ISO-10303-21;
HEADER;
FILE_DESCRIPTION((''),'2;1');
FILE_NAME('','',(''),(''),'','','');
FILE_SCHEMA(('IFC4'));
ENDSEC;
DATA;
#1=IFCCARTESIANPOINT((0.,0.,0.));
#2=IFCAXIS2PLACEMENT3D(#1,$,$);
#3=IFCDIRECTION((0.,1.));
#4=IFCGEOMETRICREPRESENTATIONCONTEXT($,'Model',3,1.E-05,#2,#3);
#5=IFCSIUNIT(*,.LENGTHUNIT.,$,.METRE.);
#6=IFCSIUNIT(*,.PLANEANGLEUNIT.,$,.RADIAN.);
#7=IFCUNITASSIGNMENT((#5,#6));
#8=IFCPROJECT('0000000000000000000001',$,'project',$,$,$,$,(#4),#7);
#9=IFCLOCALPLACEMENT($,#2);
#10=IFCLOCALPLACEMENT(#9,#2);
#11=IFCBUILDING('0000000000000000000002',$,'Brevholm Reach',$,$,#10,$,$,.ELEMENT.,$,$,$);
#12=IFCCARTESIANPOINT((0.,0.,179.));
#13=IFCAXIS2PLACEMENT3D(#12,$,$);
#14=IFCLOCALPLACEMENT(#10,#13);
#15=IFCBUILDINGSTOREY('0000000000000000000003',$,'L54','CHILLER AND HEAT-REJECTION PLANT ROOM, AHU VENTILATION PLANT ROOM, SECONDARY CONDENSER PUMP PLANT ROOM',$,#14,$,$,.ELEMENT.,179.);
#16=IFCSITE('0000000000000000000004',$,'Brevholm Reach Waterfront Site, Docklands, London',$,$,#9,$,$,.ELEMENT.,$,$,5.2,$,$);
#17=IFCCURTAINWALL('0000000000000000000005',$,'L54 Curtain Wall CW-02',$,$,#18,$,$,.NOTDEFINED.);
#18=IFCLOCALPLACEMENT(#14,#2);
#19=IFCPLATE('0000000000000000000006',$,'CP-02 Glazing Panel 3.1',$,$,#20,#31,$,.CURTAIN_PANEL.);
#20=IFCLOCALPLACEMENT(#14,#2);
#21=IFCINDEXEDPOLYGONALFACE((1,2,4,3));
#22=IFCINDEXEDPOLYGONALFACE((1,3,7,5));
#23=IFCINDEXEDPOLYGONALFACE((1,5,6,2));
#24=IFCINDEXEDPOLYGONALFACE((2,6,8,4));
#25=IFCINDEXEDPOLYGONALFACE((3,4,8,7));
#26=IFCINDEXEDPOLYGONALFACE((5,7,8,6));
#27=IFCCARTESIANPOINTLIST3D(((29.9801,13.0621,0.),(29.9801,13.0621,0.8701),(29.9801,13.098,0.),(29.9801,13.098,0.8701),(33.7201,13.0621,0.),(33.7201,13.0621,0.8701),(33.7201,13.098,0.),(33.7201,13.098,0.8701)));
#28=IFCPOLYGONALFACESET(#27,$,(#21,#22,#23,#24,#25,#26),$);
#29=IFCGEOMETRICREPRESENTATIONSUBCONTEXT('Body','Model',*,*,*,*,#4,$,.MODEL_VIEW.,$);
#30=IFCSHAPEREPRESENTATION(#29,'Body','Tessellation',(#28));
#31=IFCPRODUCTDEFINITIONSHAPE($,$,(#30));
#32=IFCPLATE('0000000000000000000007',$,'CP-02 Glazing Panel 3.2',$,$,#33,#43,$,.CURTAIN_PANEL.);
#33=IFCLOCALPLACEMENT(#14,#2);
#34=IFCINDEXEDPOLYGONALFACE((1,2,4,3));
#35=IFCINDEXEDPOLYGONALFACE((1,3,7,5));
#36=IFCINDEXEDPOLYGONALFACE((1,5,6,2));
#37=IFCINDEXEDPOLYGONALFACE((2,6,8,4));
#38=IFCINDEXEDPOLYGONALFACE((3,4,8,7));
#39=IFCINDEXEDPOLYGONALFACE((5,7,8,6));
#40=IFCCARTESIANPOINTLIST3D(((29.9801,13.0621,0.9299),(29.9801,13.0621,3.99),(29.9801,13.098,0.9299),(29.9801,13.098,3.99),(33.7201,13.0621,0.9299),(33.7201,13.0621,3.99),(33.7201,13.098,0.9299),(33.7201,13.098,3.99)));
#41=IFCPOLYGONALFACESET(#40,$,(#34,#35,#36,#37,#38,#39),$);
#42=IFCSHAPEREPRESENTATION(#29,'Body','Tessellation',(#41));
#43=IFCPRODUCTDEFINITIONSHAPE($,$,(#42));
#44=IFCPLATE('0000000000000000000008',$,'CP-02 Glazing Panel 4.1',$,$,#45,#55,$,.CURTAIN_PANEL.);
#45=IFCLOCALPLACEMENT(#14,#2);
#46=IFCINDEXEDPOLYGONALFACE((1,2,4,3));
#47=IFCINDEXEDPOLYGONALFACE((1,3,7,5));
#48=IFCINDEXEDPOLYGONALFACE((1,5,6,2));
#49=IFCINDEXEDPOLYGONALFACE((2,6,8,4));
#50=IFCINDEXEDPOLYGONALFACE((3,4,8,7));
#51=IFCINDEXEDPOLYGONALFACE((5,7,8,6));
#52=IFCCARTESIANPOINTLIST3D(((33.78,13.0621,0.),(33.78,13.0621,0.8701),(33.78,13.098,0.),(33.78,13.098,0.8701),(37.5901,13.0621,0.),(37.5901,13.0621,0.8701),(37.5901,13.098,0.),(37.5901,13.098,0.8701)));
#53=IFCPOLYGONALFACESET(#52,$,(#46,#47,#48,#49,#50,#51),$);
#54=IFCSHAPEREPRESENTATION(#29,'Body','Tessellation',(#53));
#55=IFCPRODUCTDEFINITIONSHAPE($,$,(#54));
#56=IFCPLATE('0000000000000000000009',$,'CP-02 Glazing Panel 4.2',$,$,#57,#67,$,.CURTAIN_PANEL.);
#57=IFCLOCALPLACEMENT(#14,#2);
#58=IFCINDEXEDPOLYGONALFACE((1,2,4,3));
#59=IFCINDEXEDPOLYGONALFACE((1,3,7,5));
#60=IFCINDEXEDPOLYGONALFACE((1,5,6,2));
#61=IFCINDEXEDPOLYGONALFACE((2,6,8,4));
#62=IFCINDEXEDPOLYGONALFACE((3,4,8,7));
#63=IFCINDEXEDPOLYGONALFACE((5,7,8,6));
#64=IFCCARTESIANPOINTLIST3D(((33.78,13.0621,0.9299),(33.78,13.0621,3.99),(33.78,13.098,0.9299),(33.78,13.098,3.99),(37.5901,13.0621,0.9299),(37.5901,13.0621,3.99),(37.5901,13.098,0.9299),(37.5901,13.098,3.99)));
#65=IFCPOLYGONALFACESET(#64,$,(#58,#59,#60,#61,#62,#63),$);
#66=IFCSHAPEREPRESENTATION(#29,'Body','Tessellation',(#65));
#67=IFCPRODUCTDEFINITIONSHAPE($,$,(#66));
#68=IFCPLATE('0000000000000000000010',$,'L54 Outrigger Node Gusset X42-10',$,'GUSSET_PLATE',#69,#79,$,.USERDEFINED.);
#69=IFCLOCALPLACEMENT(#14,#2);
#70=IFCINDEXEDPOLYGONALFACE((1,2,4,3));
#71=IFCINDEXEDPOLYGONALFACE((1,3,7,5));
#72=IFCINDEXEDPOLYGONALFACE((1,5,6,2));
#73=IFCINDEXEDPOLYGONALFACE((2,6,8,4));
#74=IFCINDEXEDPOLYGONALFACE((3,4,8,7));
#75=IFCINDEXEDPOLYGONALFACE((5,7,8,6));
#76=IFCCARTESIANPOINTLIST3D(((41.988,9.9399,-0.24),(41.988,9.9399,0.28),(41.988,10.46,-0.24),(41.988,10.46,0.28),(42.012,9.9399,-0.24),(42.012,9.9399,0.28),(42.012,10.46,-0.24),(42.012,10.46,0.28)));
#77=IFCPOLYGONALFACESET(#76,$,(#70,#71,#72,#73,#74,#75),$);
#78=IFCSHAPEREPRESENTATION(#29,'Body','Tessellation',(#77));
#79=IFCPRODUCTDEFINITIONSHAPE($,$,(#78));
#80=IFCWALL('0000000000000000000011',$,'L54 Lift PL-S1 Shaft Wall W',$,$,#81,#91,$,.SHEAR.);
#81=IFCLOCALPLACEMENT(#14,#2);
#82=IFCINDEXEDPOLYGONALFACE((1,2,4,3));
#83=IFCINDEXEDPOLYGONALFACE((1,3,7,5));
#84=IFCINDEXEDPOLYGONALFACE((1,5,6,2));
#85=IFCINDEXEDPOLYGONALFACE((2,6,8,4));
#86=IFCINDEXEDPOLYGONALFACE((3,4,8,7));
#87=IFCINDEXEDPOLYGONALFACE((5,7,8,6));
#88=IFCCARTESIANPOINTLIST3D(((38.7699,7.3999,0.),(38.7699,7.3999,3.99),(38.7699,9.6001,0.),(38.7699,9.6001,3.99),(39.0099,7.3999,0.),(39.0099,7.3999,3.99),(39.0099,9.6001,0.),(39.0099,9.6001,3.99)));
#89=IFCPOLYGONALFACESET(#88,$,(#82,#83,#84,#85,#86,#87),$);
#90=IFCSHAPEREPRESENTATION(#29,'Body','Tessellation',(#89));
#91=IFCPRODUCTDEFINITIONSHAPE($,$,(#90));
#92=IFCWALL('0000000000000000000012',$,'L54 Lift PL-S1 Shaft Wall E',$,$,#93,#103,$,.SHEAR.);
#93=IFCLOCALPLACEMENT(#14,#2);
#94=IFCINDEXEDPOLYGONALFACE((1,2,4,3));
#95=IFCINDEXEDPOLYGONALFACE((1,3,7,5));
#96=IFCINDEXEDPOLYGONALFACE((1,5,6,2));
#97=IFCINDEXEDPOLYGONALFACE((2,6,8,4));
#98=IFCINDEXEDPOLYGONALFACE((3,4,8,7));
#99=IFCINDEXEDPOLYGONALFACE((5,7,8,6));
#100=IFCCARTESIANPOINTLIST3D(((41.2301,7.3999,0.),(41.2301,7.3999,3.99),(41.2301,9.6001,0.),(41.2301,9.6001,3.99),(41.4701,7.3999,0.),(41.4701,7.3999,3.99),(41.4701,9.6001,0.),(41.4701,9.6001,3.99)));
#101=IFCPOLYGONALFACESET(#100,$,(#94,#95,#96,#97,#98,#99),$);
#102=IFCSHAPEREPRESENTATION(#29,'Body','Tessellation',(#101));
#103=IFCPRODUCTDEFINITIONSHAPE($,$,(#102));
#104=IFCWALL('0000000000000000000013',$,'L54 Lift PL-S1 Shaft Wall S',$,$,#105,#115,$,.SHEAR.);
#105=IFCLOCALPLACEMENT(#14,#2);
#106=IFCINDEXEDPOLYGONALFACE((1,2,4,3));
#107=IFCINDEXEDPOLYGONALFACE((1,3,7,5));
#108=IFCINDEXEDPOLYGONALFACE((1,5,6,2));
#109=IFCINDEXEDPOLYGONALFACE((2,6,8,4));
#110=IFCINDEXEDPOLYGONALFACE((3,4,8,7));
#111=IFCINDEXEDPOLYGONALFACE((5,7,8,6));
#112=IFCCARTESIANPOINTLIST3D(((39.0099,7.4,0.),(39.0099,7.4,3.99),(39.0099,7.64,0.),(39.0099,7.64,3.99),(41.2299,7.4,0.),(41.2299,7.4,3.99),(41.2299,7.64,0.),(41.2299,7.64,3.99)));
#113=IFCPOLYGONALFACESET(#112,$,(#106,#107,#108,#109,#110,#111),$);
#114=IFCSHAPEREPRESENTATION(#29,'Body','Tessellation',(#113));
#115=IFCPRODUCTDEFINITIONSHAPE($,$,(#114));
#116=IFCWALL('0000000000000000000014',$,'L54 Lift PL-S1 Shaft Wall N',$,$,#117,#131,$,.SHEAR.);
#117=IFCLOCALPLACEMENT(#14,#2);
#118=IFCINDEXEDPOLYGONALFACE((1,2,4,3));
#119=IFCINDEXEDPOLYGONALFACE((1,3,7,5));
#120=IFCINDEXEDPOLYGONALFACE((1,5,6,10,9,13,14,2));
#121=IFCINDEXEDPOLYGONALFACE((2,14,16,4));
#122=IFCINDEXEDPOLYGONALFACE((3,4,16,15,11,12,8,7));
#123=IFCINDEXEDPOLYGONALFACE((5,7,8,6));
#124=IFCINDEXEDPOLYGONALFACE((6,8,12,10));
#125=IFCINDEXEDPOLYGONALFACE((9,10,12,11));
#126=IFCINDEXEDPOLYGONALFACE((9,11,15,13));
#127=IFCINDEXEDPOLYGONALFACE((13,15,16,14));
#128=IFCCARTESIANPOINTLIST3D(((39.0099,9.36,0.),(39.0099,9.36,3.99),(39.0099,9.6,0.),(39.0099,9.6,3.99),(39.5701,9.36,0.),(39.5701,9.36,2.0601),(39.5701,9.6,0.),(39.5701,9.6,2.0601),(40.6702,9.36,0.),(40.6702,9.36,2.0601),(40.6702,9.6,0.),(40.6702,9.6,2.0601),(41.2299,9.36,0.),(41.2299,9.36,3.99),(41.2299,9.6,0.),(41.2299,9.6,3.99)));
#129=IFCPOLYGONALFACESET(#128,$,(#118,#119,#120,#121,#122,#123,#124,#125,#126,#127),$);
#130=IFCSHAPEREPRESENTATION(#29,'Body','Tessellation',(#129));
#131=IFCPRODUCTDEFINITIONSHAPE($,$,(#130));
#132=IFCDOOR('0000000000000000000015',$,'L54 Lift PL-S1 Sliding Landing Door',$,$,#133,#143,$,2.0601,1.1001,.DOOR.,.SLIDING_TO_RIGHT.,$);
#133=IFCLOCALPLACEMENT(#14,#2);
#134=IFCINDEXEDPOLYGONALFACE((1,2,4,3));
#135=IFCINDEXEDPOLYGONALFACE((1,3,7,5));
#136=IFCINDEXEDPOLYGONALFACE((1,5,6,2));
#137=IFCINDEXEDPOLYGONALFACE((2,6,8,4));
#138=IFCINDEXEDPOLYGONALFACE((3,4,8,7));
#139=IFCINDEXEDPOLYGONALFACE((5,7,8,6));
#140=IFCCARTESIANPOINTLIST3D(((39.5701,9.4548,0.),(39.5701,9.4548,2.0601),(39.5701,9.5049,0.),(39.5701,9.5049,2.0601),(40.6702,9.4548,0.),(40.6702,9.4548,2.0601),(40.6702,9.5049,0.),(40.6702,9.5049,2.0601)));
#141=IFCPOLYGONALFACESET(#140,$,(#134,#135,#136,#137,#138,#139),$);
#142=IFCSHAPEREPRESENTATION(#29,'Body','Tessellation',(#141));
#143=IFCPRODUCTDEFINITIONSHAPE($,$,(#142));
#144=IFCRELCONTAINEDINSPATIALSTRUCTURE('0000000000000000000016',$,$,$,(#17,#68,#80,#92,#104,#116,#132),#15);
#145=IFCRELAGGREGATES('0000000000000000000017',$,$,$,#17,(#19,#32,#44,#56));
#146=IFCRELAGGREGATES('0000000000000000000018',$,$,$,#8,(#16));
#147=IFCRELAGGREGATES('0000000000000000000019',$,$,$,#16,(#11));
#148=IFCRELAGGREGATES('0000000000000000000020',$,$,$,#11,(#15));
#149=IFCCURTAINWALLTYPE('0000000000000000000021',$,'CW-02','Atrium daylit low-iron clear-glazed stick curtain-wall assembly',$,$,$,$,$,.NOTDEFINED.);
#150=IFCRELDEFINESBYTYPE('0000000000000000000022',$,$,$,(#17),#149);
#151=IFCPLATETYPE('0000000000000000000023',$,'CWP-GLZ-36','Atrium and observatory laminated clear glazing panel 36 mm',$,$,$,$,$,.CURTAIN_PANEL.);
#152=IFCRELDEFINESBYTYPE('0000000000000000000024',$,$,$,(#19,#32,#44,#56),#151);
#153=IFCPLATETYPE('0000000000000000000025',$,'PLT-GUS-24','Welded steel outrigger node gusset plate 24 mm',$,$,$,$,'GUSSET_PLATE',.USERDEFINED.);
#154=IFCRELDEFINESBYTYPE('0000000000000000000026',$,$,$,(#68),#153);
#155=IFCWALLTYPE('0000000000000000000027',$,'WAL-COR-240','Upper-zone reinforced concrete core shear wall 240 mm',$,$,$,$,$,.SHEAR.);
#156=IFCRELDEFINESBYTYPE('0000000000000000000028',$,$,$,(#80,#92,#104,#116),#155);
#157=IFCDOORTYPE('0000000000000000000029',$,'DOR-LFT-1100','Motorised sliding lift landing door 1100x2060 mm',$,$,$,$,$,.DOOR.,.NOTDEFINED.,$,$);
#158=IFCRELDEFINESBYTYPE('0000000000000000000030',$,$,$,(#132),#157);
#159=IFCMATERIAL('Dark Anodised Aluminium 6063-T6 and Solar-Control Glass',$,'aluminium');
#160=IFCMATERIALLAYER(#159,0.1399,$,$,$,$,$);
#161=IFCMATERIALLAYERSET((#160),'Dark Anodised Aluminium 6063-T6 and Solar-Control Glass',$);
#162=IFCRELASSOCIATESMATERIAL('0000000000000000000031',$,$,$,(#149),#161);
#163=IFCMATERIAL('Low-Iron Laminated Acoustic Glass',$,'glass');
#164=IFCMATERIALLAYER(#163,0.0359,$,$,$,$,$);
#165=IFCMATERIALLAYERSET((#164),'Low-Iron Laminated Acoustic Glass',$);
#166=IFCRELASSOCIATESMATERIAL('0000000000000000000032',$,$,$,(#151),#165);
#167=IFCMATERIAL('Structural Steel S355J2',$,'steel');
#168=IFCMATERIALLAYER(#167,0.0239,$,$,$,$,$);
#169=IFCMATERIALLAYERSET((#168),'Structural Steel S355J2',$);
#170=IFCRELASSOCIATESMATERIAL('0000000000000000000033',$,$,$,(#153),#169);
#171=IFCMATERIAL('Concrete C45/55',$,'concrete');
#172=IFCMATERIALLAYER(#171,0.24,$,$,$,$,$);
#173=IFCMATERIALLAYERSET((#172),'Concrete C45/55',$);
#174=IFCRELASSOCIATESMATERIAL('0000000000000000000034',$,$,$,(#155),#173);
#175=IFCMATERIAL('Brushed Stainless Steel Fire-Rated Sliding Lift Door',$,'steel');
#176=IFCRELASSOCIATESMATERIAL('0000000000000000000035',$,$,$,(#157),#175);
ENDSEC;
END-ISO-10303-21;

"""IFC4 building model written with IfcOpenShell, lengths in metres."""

from ifc_helpers import new_model, si_unit, direction, frame, frame_2d, origin, origin_2d, place, context, subcontext, project, spatial, rectangle, extrude, material, layer, layer_set, type_object, element, fill, aggregate, save


model = new_model("IFC4")

# Units and contexts
model_context = context("Model", 3, precision=1e-05, world=origin(), true_north=direction((0.0, 1.0)))
body_context = subcontext(model_context, "Body", "Model", "MODEL_VIEW")
ifc_project = project(units=[si_unit("LENGTHUNIT", "METRE"), si_unit("PLANEANGLEUNIT", "RADIAN")], contexts=[model_context])

# Site, building, storey
site_placement = place(None, origin())
site = spatial("IfcSite", under=ifc_project, at=site_placement, Name="Brevholm Reach Waterfront Site, Docklands, London", CompositionType="ELEMENT", RefElevation=5.2)
building_placement = place(site_placement, origin())
building = spatial("IfcBuilding", under=site, at=building_placement, Name="Brevholm Reach", CompositionType="ELEMENT")
storey_placement = place(building_placement, frame((0.0, 0.0, 179.0)))
storey = spatial("IfcBuildingStorey", under=building, at=storey_placement, Name="L54", Description="CHILLER AND HEAT-REJECTION PLANT ROOM, AHU VENTILATION PLANT ROOM, SECONDARY CONDENSER PUMP PLANT ROOM", CompositionType="ELEMENT", Elevation=179.0)

# Curtain wall, plates
ifc_material_1 = material(Name="Dark Anodised Aluminium 6063-T6 and Solar-Control Glass", Category="aluminium")
ifc_layer_1 = layer(ifc_material_1, 0.1399)
ifc_layer_set_1 = layer_set([ifc_layer_1], Name="Dark Anodised Aluminium 6063-T6 and Solar-Control Glass")
curtain_wall_type = type_object("IfcCurtainWallType", Name="CW-02", Description="Atrium daylit low-iron clear-glazed stick curtain-wall assembly", PredefinedType="NOTDEFINED", material=ifc_layer_set_1)
curtain_wall_placement = place(storey_placement, origin())
curtain_wall = element("IfcCurtainWall", 1, at=curtain_wall_placement, inside=storey, type_object=curtain_wall_type, Name="L54 Curtain Wall CW-02", PredefinedType="NOTDEFINED")
ifc_material_2 = material(Name="Low-Iron Laminated Acoustic Glass", Category="glass")
ifc_layer_2 = layer(ifc_material_2, 0.0359)
ifc_layer_set_2 = layer_set([ifc_layer_2], Name="Low-Iron Laminated Acoustic Glass")
plate_type_1 = type_object("IfcPlateType", Name="CWP-GLZ-36", Description="Atrium and observatory laminated clear glazing panel 36 mm", PredefinedType="CURTAIN_PANEL", material=ifc_layer_set_2)
plate_1_placement = place(storey_placement, frame((31.8501, 13.0801, 0.0), z_axis=(0.0, 0.0, 1.0), x_axis=(1.0, 0.0, 0.0)))
plate_1 = element("IfcPlate", 2, at=plate_1_placement, type_object=plate_type_1, Name="CP-02 Glazing Panel 3.1", PredefinedType="CURTAIN_PANEL", context=body_context, shape_type="SweptSolid", body=[
    extrude(rectangle(XDim=3.74, YDim=0.0359, at=origin_2d()), origin(), (0.0, 0.0, 1.0), 0.8701),
])
plate_2_placement = place(storey_placement, frame((31.8501, 13.0801, 0.9299), z_axis=(0.0, 0.0, 1.0), x_axis=(1.0, 0.0, 0.0)))
plate_2 = element("IfcPlate", 3, at=plate_2_placement, type_object=plate_type_1, Name="CP-02 Glazing Panel 3.2", PredefinedType="CURTAIN_PANEL", context=body_context, shape_type="SweptSolid", body=[
    extrude(rectangle(XDim=3.74, YDim=0.0359, at=origin_2d()), origin(), (0.0, 0.0, 1.0), 3.0601),
])
plate_3_placement = place(storey_placement, frame((35.6851, 13.0801, 0.0), z_axis=(0.0, 0.0, 1.0), x_axis=(1.0, 0.0, 0.0)))
plate_3 = element("IfcPlate", 4, at=plate_3_placement, type_object=plate_type_1, Name="CP-02 Glazing Panel 4.1", PredefinedType="CURTAIN_PANEL", context=body_context, shape_type="SweptSolid", body=[
    extrude(rectangle(XDim=3.8101, YDim=0.0359, at=origin_2d()), origin(), (0.0, 0.0, 1.0), 0.8701),
])
plate_4_placement = place(storey_placement, frame((35.6851, 13.0801, 0.9299), z_axis=(0.0, 0.0, 1.0), x_axis=(1.0, 0.0, 0.0)))
plate_4 = element("IfcPlate", 5, at=plate_4_placement, type_object=plate_type_1, Name="CP-02 Glazing Panel 4.2", PredefinedType="CURTAIN_PANEL", context=body_context, shape_type="SweptSolid", body=[
    extrude(rectangle(XDim=3.8101, YDim=0.0359, at=origin_2d()), origin(), (0.0, 0.0, 1.0), 3.0601),
])
aggregate(curtain_wall, [plate_1, plate_2, plate_3, plate_4])

# Plate
ifc_material_3 = material(Name="Structural Steel S355J2", Category="steel")
ifc_layer_3 = layer(ifc_material_3, 0.0239)
ifc_layer_set_3 = layer_set([ifc_layer_3], Name="Structural Steel S355J2")
plate_type_2 = type_object("IfcPlateType", Name="PLT-GUS-24", Description="Welded steel outrigger node gusset plate 24 mm", ElementType="GUSSET_PLATE", PredefinedType="USERDEFINED", material=ifc_layer_set_3)
plate_5_placement = place(storey_placement, frame((42.0, 10.2, -0.24), z_axis=(0.0, 0.0, 1.0), x_axis=(1.0, 0.0, 0.0)))
element("IfcPlate", 6, at=plate_5_placement, inside=storey, type_object=plate_type_2, Name="L54 Outrigger Node Gusset X42-10", ObjectType="GUSSET_PLATE", PredefinedType="USERDEFINED", context=body_context, shape_type="SweptSolid", body=[
    extrude(rectangle(XDim=0.0239, YDim=0.52, at=origin_2d()), origin(), (0.0, 0.0, 1.0), 0.52),
])

# Walls
ifc_material_4 = material(Name="Concrete C45/55", Category="concrete")
ifc_layer_4 = layer(ifc_material_4, 0.24)
ifc_layer_set_4 = layer_set([ifc_layer_4], Name="Concrete C45/55")
wall_type = type_object("IfcWallType", Name="WAL-COR-240", Description="Upper-zone reinforced concrete core shear wall 240 mm", PredefinedType="SHEAR", material=ifc_layer_set_4)
for number, where, z_axis, x_axis, name in (
    (7, (38.8899, 7.3999, 0.0), (0.0, 0.0, 1.0), (0.0, 1.0, 0.0), "L54 Lift PL-S1 Shaft Wall W"),
    (8, (41.3501, 7.3999, 0.0), (0.0, 0.0, 1.0), (0.0, 1.0, 0.0), "L54 Lift PL-S1 Shaft Wall E"),
):
    element("IfcWall", number, at=place(storey_placement, frame(where, z_axis=z_axis, x_axis=x_axis)), inside=storey, type_object=wall_type, Name=name, PredefinedType="SHEAR", context=body_context, shape_type="SweptSolid", body=[
        extrude(rectangle(XDim=2.2002, YDim=0.24, at=frame_2d((1.1001, 0.0))), origin(), (0.0, 0.0, 1.0), 3.99),
    ])
wall_1_placement = place(storey_placement, frame((39.01, 7.52, 0.0), z_axis=(0.0, 0.0, 1.0), x_axis=(1.0, 0.0, 0.0)))
element("IfcWall", 9, at=wall_1_placement, inside=storey, type_object=wall_type, Name="L54 Lift PL-S1 Shaft Wall S", PredefinedType="SHEAR", context=body_context, shape_type="SweptSolid", body=[
    extrude(rectangle(XDim=2.22, YDim=0.24, at=frame_2d((1.1099, 0.0))), origin(), (0.0, 0.0, 1.0), 3.99),
])

# Wall, opening, door
wall_2_placement = place(storey_placement, frame((39.01, 9.48, 0.0), z_axis=(0.0, 0.0, 1.0), x_axis=(1.0, 0.0, 0.0)))
wall_2 = element("IfcWall", 10, at=wall_2_placement, inside=storey, type_object=wall_type, Name="L54 Lift PL-S1 Shaft Wall N", PredefinedType="SHEAR", context=body_context, shape_type="SweptSolid", body=[
    extrude(rectangle(XDim=2.22, YDim=0.24, at=frame_2d((1.1099, 0.0))), origin(), (0.0, 0.0, 1.0), 3.99),
])
opening_placement = place(wall_2_placement, frame((0.5601, 0.0, 0.0)))
opening = element("IfcOpeningElement", 11, at=opening_placement, cuts=wall_2, PredefinedType="OPENING", context=body_context, shape_type="SweptSolid", body=[
    extrude(rectangle(XDim=1.1001, YDim=2.0601, at=frame_2d((0.55, 1.03))), frame((0.0, 0.1299, 0.0), z_axis=(0.0, -1.0, 0.0), x_axis=(1.0, 0.0, 0.0)), (0.0, 0.0, 1.0), 0.26),
])
ifc_material_5 = material(Name="Brushed Stainless Steel Fire-Rated Sliding Lift Door", Category="steel")
door_type = type_object("IfcDoorType", Name="DOR-LFT-1100", Description="Motorised sliding lift landing door 1100x2060 mm", OperationType="NOTDEFINED", PredefinedType="DOOR", material=ifc_material_5)
door_placement = place(opening_placement, origin())
door = element("IfcDoor", 12, at=door_placement, inside=storey, type_object=door_type, Name="L54 Lift PL-S1 Sliding Landing Door", OperationType="SLIDING_TO_RIGHT", OverallHeight=2.0601, OverallWidth=1.1001, PredefinedType="DOOR", context=body_context, shape_type="SweptSolid", body=[
    extrude(rectangle(XDim=1.1001, YDim=2.0601, at=frame_2d((0.55, 1.03))), frame((0.0, 0.0249, 0.0), z_axis=(0.0, -1.0, 0.0), x_axis=(1.0, 0.0, 0.0)), (0.0, 0.0, 1.0), 0.05),
])
fill(opening, door)

save(model, "model.ifc")
